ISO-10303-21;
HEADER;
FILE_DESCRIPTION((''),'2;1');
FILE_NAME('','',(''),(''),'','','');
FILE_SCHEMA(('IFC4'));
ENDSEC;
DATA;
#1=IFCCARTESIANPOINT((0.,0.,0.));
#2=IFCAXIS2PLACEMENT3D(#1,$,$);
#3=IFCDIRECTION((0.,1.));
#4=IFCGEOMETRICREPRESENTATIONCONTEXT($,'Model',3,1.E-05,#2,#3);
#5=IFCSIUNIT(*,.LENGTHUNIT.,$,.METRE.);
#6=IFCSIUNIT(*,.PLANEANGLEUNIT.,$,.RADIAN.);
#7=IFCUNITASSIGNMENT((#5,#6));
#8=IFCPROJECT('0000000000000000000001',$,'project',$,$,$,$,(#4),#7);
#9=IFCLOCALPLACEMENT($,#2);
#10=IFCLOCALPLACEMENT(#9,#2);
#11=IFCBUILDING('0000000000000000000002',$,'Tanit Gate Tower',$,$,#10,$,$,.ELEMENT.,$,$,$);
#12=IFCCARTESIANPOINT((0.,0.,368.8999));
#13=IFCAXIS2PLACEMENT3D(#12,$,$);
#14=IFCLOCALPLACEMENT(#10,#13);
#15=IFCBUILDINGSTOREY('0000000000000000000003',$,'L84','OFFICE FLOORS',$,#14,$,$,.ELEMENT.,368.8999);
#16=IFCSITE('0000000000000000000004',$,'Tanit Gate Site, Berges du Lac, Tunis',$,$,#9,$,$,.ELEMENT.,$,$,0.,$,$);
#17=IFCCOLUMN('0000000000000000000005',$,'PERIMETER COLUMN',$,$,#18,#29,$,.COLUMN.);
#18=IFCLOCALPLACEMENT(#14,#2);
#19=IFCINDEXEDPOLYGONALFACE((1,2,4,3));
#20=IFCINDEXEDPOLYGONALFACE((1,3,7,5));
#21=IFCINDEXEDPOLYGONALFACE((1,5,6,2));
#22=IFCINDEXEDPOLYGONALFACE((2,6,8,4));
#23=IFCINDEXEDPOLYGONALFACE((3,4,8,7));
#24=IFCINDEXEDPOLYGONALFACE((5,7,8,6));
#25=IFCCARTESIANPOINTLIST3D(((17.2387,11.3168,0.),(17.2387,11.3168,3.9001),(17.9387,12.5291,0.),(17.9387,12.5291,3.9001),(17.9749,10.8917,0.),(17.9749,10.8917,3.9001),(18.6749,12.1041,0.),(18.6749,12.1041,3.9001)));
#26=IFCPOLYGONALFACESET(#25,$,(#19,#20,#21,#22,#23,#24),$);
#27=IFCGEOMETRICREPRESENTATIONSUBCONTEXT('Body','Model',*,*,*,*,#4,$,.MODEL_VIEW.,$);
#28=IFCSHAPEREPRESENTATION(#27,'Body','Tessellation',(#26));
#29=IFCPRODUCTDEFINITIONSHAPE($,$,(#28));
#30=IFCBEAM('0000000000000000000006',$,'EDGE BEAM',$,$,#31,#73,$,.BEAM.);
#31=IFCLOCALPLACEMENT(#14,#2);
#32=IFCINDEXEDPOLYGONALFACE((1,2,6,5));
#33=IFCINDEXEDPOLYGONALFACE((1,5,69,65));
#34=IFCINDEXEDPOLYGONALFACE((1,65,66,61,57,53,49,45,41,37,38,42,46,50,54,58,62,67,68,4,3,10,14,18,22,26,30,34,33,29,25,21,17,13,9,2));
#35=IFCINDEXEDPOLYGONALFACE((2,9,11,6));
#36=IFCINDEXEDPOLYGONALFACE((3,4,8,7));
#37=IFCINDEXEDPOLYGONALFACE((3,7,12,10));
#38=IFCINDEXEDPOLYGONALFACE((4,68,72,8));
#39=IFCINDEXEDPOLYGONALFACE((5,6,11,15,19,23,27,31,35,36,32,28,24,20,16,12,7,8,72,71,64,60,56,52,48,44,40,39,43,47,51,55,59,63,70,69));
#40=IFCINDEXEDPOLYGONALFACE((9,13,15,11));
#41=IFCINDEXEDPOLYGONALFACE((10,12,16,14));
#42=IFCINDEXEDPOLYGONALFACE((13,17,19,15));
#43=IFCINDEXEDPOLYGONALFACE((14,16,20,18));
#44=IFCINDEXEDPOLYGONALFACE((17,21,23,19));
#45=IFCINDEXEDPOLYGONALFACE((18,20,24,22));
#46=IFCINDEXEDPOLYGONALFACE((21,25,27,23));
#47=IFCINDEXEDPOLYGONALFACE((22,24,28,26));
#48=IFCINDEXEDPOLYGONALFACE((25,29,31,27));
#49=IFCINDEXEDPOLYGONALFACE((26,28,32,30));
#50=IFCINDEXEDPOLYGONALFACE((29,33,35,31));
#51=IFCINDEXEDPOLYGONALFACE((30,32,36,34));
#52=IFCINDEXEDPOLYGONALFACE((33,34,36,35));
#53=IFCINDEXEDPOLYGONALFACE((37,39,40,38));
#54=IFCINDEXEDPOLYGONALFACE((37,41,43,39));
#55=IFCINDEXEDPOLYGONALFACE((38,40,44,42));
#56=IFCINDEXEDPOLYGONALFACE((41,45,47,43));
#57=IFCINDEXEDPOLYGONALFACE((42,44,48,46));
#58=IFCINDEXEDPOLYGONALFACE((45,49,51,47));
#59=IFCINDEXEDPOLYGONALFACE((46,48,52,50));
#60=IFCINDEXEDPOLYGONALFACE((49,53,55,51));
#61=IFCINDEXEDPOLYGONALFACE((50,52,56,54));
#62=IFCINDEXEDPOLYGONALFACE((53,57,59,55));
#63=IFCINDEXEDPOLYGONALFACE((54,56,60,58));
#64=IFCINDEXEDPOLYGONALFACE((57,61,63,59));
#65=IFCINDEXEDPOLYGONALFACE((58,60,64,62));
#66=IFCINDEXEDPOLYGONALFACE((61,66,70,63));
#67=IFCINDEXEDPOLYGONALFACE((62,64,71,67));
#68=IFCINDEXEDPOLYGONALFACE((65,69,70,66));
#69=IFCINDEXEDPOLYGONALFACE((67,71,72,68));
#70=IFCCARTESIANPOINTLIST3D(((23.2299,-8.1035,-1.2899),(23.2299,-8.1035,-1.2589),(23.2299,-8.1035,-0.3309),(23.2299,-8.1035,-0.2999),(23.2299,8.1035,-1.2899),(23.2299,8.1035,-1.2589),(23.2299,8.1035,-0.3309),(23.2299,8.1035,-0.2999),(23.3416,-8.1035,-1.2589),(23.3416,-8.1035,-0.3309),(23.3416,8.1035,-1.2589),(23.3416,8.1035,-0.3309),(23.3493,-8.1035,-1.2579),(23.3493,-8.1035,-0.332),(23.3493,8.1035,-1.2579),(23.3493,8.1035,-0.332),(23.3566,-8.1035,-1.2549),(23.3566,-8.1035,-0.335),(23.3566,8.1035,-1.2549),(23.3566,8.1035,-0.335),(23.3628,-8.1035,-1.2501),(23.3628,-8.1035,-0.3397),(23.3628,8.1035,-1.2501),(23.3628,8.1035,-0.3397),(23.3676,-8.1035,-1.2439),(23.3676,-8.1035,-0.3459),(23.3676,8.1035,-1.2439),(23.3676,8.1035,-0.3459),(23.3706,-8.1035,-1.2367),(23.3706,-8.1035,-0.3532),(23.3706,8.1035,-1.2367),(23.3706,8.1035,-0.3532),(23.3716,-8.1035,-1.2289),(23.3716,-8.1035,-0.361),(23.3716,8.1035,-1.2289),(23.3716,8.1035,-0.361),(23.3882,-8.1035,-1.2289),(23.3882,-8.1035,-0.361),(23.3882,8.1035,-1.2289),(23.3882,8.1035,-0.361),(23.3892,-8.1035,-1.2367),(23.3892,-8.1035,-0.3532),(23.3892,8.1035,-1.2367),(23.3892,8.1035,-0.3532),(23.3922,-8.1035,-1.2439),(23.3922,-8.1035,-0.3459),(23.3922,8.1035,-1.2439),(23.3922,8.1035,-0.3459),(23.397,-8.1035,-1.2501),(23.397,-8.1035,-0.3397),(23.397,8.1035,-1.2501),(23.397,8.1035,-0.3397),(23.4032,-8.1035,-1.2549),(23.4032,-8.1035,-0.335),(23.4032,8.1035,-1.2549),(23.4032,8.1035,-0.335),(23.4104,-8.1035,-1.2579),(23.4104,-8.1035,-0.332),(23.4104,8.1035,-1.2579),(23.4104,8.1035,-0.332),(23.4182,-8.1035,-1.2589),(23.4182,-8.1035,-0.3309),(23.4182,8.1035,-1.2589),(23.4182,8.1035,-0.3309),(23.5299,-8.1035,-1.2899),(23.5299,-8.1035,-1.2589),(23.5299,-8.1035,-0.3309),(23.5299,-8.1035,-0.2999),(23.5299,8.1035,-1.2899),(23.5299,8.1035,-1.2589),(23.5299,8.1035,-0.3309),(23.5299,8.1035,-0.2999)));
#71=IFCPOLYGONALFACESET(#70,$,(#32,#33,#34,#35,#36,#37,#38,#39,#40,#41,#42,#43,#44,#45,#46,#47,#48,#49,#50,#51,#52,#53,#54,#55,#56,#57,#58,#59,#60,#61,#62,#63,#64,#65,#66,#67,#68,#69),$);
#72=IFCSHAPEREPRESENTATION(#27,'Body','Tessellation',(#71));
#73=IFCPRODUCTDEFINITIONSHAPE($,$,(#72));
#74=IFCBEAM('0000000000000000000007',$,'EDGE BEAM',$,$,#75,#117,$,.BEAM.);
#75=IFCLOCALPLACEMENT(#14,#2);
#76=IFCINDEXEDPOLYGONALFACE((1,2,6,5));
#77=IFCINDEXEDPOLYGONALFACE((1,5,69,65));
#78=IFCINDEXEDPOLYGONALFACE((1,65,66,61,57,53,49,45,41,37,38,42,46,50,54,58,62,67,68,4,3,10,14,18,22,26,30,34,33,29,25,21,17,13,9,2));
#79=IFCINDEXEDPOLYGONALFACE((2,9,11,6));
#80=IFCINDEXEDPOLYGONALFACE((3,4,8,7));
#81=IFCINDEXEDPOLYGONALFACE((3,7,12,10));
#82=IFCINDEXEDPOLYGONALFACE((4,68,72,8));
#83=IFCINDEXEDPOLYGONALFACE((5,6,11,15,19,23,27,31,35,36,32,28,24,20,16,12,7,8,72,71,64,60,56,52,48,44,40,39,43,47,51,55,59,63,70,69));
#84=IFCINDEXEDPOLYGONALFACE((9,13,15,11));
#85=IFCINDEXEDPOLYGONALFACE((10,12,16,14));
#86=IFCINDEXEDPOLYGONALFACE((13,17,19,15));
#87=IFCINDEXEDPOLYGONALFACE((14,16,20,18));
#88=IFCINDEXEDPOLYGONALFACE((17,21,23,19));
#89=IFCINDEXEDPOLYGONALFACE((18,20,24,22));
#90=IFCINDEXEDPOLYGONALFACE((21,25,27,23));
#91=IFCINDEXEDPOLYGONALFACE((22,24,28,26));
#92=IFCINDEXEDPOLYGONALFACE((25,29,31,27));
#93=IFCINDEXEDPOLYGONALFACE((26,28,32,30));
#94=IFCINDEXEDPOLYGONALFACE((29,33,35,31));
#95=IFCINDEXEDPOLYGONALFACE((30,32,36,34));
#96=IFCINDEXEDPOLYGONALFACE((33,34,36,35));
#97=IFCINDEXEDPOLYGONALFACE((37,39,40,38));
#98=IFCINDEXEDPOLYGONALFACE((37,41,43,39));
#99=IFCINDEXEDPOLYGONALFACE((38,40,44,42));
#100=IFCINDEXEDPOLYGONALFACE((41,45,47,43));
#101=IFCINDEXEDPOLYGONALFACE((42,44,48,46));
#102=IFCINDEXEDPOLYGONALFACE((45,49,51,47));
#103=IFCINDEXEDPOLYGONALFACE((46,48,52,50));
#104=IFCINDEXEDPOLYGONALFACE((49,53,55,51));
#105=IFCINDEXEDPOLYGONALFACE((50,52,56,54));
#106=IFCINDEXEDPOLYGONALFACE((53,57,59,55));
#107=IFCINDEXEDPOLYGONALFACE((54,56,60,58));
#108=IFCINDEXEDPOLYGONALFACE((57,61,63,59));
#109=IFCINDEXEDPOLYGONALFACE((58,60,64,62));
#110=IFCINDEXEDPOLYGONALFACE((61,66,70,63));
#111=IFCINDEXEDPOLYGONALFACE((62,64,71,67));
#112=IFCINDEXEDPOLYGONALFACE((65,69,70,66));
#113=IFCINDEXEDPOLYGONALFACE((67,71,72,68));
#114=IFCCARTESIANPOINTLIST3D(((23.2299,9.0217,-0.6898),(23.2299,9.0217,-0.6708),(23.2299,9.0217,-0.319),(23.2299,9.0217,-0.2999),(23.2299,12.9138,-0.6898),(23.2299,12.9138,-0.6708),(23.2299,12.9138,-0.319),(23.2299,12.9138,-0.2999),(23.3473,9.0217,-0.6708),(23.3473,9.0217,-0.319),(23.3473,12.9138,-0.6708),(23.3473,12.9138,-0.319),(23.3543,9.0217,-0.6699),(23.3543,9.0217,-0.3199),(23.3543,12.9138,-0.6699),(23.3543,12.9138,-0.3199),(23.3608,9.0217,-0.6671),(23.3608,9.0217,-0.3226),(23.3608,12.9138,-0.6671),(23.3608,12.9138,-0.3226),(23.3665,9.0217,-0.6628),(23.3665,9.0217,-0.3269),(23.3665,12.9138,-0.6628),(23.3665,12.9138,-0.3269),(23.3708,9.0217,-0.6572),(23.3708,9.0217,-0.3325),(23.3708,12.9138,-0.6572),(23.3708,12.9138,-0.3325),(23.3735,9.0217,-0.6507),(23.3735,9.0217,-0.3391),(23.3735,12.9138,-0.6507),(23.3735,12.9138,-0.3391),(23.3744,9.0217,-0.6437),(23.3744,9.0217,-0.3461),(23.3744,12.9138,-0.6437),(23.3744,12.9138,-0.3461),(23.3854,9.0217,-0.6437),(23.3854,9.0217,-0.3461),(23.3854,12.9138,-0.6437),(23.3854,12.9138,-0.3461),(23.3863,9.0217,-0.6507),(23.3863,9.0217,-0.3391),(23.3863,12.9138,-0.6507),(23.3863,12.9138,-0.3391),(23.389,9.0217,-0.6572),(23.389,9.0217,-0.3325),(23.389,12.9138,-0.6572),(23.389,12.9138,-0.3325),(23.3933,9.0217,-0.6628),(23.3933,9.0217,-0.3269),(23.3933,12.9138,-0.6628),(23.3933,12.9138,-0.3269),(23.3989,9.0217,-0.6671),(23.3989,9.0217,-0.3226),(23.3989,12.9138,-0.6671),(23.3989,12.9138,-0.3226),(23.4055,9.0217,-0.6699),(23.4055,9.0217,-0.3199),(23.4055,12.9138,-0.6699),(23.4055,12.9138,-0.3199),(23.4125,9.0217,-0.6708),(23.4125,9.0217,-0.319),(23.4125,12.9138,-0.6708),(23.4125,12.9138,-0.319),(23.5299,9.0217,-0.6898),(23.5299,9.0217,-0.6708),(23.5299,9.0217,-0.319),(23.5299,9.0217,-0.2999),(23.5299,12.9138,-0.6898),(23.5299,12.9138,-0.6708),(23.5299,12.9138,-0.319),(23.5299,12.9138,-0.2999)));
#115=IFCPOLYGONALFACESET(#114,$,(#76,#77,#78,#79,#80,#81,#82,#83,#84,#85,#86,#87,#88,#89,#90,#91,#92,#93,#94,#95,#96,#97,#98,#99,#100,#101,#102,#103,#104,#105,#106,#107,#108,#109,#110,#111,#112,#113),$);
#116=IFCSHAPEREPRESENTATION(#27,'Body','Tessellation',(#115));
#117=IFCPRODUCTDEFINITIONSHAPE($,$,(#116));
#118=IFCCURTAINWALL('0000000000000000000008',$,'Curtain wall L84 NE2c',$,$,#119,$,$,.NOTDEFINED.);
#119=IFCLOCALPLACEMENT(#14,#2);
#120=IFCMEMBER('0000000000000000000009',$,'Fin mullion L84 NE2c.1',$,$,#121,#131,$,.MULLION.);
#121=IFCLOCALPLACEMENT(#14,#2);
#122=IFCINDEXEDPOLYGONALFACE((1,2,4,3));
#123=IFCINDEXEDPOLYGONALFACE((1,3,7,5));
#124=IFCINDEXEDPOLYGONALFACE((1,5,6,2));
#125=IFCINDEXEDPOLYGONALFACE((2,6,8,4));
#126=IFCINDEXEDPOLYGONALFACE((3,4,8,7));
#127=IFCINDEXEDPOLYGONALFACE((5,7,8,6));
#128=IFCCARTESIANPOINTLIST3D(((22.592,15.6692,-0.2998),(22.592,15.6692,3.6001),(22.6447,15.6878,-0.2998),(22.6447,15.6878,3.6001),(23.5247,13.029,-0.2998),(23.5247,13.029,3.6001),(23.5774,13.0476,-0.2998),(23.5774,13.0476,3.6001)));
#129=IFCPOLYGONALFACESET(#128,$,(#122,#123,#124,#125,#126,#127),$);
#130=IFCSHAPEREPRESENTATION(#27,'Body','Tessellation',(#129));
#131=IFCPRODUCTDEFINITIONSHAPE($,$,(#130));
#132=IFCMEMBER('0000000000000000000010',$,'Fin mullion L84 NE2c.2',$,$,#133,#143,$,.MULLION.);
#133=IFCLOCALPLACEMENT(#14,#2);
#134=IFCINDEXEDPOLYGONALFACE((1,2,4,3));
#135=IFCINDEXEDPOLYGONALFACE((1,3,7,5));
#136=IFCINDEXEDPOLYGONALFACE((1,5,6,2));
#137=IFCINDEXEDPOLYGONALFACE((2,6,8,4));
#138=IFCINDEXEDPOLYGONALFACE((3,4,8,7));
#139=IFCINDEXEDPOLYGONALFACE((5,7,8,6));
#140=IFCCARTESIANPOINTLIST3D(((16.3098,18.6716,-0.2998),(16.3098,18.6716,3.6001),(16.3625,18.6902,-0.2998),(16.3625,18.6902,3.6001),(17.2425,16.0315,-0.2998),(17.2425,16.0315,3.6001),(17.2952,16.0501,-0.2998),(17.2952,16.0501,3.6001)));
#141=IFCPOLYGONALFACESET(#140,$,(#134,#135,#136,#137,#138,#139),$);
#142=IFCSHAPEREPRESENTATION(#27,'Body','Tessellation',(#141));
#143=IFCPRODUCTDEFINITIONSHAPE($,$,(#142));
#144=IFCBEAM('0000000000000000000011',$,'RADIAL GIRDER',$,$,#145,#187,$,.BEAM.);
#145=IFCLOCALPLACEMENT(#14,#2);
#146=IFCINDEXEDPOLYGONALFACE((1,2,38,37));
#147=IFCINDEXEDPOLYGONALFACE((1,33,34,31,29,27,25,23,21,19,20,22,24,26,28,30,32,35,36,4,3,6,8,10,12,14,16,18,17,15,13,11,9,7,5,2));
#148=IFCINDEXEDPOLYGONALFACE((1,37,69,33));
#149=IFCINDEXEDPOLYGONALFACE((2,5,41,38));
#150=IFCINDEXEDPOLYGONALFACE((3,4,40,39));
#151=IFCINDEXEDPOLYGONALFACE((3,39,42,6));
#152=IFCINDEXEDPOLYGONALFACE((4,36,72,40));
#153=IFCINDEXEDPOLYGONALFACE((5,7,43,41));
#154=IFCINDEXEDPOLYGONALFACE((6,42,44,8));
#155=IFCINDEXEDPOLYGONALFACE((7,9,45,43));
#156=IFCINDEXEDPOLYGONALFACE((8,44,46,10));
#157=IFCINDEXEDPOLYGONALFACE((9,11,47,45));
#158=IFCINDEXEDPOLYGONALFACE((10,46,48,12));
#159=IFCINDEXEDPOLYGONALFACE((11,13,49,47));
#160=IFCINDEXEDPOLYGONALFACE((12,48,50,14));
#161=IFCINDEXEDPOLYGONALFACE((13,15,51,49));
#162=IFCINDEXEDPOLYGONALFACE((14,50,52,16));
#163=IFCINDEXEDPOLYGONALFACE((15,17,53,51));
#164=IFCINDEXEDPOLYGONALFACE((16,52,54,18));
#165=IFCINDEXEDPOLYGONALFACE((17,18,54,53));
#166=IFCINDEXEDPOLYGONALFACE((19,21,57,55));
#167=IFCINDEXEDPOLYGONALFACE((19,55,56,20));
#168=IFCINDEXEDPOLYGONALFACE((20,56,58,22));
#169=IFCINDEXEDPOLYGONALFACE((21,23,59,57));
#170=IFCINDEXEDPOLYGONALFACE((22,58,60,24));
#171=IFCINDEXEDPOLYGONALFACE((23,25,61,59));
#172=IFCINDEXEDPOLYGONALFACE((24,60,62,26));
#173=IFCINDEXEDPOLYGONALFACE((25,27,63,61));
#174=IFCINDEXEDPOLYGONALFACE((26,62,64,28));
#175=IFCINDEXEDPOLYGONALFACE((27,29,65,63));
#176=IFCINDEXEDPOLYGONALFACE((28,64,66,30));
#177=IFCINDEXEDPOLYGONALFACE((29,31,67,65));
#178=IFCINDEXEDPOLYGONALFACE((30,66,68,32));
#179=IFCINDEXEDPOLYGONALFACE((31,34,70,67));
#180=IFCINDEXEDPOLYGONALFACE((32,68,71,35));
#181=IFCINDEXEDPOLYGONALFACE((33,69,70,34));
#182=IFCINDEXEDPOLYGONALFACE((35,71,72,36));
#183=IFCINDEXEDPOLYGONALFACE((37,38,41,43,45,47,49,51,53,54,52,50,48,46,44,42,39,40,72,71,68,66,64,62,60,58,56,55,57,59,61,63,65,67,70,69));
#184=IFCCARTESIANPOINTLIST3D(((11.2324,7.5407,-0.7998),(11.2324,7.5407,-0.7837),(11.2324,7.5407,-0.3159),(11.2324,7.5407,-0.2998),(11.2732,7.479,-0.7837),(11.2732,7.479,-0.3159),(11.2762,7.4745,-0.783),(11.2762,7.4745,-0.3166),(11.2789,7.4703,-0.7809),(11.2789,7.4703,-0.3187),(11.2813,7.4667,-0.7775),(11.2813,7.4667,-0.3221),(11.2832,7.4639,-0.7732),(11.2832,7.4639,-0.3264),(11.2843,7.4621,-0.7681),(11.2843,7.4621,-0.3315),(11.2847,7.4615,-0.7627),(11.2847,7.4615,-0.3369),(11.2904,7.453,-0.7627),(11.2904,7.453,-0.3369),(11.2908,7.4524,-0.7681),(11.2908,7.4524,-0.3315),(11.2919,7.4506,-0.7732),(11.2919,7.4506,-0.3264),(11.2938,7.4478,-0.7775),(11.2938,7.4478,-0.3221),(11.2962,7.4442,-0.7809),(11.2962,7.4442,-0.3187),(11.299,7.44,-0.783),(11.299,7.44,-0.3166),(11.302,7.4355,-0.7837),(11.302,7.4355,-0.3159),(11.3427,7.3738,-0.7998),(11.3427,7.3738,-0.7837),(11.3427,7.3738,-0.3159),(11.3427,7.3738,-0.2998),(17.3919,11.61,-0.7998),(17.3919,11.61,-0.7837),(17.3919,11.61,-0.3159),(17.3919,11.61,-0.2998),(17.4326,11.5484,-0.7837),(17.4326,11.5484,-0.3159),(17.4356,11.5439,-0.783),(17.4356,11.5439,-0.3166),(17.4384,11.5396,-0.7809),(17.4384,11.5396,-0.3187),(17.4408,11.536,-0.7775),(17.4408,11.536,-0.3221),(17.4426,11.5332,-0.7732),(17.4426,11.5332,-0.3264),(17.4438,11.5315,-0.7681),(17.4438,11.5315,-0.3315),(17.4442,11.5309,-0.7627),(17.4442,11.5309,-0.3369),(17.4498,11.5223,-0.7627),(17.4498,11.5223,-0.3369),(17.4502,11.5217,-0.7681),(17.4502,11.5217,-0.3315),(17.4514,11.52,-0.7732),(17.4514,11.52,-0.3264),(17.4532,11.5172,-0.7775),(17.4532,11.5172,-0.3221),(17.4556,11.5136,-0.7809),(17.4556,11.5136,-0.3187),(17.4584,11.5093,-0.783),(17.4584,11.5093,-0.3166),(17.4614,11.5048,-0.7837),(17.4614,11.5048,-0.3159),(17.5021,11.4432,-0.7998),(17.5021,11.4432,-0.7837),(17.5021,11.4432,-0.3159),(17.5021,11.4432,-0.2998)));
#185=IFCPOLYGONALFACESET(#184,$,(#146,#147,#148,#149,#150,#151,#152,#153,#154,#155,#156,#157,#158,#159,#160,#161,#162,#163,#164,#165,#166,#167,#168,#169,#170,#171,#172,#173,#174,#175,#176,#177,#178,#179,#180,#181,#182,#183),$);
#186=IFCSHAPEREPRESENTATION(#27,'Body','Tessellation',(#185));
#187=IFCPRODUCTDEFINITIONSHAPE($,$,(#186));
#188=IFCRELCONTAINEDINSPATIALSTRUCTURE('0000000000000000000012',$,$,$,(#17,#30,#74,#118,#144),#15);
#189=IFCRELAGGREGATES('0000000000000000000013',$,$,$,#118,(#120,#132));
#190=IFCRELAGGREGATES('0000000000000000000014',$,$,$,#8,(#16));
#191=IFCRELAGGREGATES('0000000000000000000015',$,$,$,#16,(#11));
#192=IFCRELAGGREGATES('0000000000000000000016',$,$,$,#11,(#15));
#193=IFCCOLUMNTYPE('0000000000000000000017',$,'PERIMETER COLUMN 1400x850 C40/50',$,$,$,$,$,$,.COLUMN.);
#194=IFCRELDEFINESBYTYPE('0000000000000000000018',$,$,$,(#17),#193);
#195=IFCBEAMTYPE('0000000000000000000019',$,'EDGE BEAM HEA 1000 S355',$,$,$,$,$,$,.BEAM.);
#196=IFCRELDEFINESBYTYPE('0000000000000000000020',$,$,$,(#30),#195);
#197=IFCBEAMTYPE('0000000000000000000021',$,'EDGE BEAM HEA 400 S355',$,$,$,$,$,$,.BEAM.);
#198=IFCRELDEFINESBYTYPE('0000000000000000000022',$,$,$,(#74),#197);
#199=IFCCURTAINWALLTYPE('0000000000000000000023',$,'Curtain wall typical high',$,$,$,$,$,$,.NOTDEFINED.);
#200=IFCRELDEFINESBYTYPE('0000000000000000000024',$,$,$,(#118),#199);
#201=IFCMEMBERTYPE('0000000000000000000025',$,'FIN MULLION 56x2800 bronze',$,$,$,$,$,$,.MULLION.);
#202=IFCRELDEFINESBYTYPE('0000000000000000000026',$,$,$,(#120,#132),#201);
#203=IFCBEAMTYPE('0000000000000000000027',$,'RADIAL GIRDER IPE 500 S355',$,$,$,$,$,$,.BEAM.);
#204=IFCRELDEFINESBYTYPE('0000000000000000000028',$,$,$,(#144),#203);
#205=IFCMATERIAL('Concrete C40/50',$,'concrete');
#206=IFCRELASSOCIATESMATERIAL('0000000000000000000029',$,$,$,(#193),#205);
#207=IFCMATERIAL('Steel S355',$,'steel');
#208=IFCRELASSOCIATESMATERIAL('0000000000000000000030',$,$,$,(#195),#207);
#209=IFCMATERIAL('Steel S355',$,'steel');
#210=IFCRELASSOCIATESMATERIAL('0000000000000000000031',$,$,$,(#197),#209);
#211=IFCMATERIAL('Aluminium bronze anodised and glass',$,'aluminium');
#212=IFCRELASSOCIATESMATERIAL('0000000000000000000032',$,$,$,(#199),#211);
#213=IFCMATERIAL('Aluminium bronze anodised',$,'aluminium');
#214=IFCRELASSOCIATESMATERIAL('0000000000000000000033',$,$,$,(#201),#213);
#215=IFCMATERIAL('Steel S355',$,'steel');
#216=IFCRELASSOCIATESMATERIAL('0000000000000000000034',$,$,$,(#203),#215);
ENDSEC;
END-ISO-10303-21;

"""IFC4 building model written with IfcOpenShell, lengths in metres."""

from ifc_helpers import new_model, si_unit, direction, frame, origin, origin_2d, place, context, subcontext, project, spatial, rectangle, i_section, extrude, material, material_profile, profile_set, type_object, element, aggregate, save


model = new_model("IFC4")

# Units and contexts
model_context = context("Model", 3, precision=1e-05, world=origin(), true_north=direction((0.0, 1.0)))
body_context = subcontext(model_context, "Body", "Model", "MODEL_VIEW")
ifc_project = project(units=[si_unit("LENGTHUNIT", "METRE"), si_unit("PLANEANGLEUNIT", "RADIAN")], contexts=[model_context])

# Site, building, storey
site_placement = place(None, origin())
site = spatial("IfcSite", under=ifc_project, at=site_placement, Name="Tanit Gate Site, Berges du Lac, Tunis", CompositionType="ELEMENT", RefElevation=0.0)
building_placement = place(site_placement, origin())
building = spatial("IfcBuilding", under=site, at=building_placement, Name="Tanit Gate Tower", CompositionType="ELEMENT")
storey_placement = place(building_placement, frame((0.0, 0.0, 368.8999)))
storey = spatial("IfcBuildingStorey", under=building, at=storey_placement, Name="L84", Description="OFFICE FLOORS", CompositionType="ELEMENT", Elevation=368.8999)

# Column
ifc_material_1 = material(Name="Concrete C40/50", Category="concrete")
ifc_material_profile_1 = material_profile(ifc_material_1, rectangle(XDim=1.3999, YDim=0.8501, at=origin_2d()), Name="RC 1400x850")
ifc_profile_set_1 = profile_set([ifc_material_profile_1], Name="Concrete C40/50")
column_type = type_object("IfcColumnType", Name="PERIMETER COLUMN 1400x850 C40/50", PredefinedType="COLUMN", material=ifc_profile_set_1)
column_placement = place(storey_placement, frame((17.9568, 11.7104, 0.0), z_axis=(0.0, 0.0, 1.0), x_axis=(0.5, 0.866025, 0.0)))
element("IfcColumn", 1, at=column_placement, inside=storey, type_object=column_type, Name="PERIMETER COLUMN", PredefinedType="COLUMN", context=body_context, shape_type="SweptSolid", body=[
    extrude(rectangle(XDim=1.3999, YDim=0.8501, at=origin_2d()), origin(), (0.0, 0.0, 1.0), 3.9001),
])

# Beams
ifc_material_2 = material(Name="Steel S355", Category="steel")
ifc_material_profile_2 = material_profile(ifc_material_2, i_section(OverallWidth=0.3, OverallDepth=0.99, WebThickness=0.0166, FlangeThickness=0.031, FilletRadius=0.03, at=origin_2d()), Name="HEA 1000")
ifc_profile_set_2 = profile_set([ifc_material_profile_2], Name="Steel S355")
beam_type_1 = type_object("IfcBeamType", Name="EDGE BEAM HEA 1000 S355", PredefinedType="BEAM", material=ifc_profile_set_2)
beam_1_placement = place(storey_placement, frame((23.3799, 8.1035, -0.7949), z_axis=(0.0, -1.0, 0.0), x_axis=(1.0, 0.0, 0.0)))
element("IfcBeam", 2, at=beam_1_placement, inside=storey, type_object=beam_type_1, Name="EDGE BEAM", PredefinedType="BEAM", context=body_context, shape_type="SweptSolid", body=[
    extrude(i_section(OverallWidth=0.3, OverallDepth=0.99, WebThickness=0.0166, FlangeThickness=0.031, FilletRadius=0.03, at=origin_2d()), origin(), (0.0, 0.0, 1.0), 16.207),
])
ifc_material_3 = material(Name="Steel S355", Category="steel")
ifc_material_profile_3 = material_profile(ifc_material_3, i_section(OverallWidth=0.3, OverallDepth=0.3899, WebThickness=0.011, FlangeThickness=0.019, FilletRadius=0.0271, at=origin_2d()), Name="HEA 400")
ifc_profile_set_3 = profile_set([ifc_material_profile_3], Name="Steel S355")
beam_type_2 = type_object("IfcBeamType", Name="EDGE BEAM HEA 400 S355", PredefinedType="BEAM", material=ifc_profile_set_3)
beam_2_placement = place(storey_placement, frame((23.3799, 12.9138, -0.4949), z_axis=(0.0, -1.0, 0.0), x_axis=(1.0, 0.0, 0.0)))
element("IfcBeam", 3, at=beam_2_placement, inside=storey, type_object=beam_type_2, Name="EDGE BEAM", PredefinedType="BEAM", context=body_context, shape_type="SweptSolid", body=[
    extrude(i_section(OverallWidth=0.3, OverallDepth=0.3899, WebThickness=0.011, FlangeThickness=0.019, FilletRadius=0.0271, at=origin_2d()), origin(), (0.0, 0.0, 1.0), 3.8921),
])

# Curtain wall, members
ifc_material_4 = material(Name="Aluminium bronze anodised and glass", Category="aluminium")
curtain_wall_type = type_object("IfcCurtainWallType", Name="Curtain wall typical high", PredefinedType="NOTDEFINED", material=ifc_material_4)
curtain_wall_placement = place(storey_placement, origin())
curtain_wall = element("IfcCurtainWall", 4, at=curtain_wall_placement, inside=storey, type_object=curtain_wall_type, Name="Curtain wall L84 NE2c", PredefinedType="NOTDEFINED")
ifc_material_5 = material(Name="Aluminium bronze anodised", Category="aluminium")
ifc_material_profile_4 = material_profile(ifc_material_5, rectangle(XDim=2.8, YDim=0.0559, at=origin_2d()), Name="56x2800 bronze fin mullion")
ifc_profile_set_4 = profile_set([ifc_material_profile_4], Name="Aluminium bronze anodised")
member_type_1 = type_object("IfcMemberType", Name="FIN MULLION 56x2800 bronze", PredefinedType="MULLION", material=ifc_profile_set_4)
member_1_placement = place(storey_placement, frame((23.0847, 14.3584, -0.2998), z_axis=(0.0, 0.0, 1.0), x_axis=(0.33309, -0.942895, 0.0)))
member_1 = element("IfcMember", 5, at=member_1_placement, type_object=member_type_1, Name="Fin mullion L84 NE2c.1", PredefinedType="MULLION", context=body_context, shape_type="SweptSolid", body=[
    extrude(rectangle(XDim=2.8, YDim=0.0559, at=origin_2d()), origin(), (0.0, 0.0, 1.0), 3.8999),
])
member_2_placement = place(storey_placement, frame((16.8025, 17.3608, -0.2998), z_axis=(0.0, 0.0, 1.0), x_axis=(0.33309, -0.942895, 0.0)))
member_2 = element("IfcMember", 6, at=member_2_placement, type_object=member_type_1, Name="Fin mullion L84 NE2c.2", PredefinedType="MULLION", context=body_context, shape_type="SweptSolid", body=[
    extrude(rectangle(XDim=2.8, YDim=0.0559, at=origin_2d()), origin(), (0.0, 0.0, 1.0), 3.8999),
])

# Beam
ifc_material_6 = material(Name="Steel S355", Category="steel")
ifc_material_profile_5 = material_profile(ifc_material_6, i_section(OverallWidth=0.2, OverallDepth=0.5, WebThickness=0.0103, FlangeThickness=0.0161, FilletRadius=0.021, at=origin_2d()), Name="IPE 500")
ifc_profile_set_5 = profile_set([ifc_material_profile_5], Name="Steel S355")
beam_type_3 = type_object("IfcBeamType", Name="RADIAL GIRDER IPE 500 S355", PredefinedType="BEAM", material=ifc_profile_set_5)
beam_3_placement = place(storey_placement, frame((17.447, 11.5266, -0.5498), z_axis=(-0.834353, -0.551231, 0.0), x_axis=(0.551231, -0.834353, 0.0)))
element("IfcBeam", 7, at=beam_3_placement, inside=storey, type_object=beam_type_3, Name="RADIAL GIRDER", PredefinedType="BEAM", context=body_context, shape_type="SweptSolid", body=[
    extrude(i_section(OverallWidth=0.2, OverallDepth=0.5, WebThickness=0.0103, FlangeThickness=0.0161, FilletRadius=0.021, at=origin_2d()), origin(), (0.0, 0.0, 1.0), 7.3823),
])

aggregate(curtain_wall, [member_1, member_2])

save(model, "model.ifc")
